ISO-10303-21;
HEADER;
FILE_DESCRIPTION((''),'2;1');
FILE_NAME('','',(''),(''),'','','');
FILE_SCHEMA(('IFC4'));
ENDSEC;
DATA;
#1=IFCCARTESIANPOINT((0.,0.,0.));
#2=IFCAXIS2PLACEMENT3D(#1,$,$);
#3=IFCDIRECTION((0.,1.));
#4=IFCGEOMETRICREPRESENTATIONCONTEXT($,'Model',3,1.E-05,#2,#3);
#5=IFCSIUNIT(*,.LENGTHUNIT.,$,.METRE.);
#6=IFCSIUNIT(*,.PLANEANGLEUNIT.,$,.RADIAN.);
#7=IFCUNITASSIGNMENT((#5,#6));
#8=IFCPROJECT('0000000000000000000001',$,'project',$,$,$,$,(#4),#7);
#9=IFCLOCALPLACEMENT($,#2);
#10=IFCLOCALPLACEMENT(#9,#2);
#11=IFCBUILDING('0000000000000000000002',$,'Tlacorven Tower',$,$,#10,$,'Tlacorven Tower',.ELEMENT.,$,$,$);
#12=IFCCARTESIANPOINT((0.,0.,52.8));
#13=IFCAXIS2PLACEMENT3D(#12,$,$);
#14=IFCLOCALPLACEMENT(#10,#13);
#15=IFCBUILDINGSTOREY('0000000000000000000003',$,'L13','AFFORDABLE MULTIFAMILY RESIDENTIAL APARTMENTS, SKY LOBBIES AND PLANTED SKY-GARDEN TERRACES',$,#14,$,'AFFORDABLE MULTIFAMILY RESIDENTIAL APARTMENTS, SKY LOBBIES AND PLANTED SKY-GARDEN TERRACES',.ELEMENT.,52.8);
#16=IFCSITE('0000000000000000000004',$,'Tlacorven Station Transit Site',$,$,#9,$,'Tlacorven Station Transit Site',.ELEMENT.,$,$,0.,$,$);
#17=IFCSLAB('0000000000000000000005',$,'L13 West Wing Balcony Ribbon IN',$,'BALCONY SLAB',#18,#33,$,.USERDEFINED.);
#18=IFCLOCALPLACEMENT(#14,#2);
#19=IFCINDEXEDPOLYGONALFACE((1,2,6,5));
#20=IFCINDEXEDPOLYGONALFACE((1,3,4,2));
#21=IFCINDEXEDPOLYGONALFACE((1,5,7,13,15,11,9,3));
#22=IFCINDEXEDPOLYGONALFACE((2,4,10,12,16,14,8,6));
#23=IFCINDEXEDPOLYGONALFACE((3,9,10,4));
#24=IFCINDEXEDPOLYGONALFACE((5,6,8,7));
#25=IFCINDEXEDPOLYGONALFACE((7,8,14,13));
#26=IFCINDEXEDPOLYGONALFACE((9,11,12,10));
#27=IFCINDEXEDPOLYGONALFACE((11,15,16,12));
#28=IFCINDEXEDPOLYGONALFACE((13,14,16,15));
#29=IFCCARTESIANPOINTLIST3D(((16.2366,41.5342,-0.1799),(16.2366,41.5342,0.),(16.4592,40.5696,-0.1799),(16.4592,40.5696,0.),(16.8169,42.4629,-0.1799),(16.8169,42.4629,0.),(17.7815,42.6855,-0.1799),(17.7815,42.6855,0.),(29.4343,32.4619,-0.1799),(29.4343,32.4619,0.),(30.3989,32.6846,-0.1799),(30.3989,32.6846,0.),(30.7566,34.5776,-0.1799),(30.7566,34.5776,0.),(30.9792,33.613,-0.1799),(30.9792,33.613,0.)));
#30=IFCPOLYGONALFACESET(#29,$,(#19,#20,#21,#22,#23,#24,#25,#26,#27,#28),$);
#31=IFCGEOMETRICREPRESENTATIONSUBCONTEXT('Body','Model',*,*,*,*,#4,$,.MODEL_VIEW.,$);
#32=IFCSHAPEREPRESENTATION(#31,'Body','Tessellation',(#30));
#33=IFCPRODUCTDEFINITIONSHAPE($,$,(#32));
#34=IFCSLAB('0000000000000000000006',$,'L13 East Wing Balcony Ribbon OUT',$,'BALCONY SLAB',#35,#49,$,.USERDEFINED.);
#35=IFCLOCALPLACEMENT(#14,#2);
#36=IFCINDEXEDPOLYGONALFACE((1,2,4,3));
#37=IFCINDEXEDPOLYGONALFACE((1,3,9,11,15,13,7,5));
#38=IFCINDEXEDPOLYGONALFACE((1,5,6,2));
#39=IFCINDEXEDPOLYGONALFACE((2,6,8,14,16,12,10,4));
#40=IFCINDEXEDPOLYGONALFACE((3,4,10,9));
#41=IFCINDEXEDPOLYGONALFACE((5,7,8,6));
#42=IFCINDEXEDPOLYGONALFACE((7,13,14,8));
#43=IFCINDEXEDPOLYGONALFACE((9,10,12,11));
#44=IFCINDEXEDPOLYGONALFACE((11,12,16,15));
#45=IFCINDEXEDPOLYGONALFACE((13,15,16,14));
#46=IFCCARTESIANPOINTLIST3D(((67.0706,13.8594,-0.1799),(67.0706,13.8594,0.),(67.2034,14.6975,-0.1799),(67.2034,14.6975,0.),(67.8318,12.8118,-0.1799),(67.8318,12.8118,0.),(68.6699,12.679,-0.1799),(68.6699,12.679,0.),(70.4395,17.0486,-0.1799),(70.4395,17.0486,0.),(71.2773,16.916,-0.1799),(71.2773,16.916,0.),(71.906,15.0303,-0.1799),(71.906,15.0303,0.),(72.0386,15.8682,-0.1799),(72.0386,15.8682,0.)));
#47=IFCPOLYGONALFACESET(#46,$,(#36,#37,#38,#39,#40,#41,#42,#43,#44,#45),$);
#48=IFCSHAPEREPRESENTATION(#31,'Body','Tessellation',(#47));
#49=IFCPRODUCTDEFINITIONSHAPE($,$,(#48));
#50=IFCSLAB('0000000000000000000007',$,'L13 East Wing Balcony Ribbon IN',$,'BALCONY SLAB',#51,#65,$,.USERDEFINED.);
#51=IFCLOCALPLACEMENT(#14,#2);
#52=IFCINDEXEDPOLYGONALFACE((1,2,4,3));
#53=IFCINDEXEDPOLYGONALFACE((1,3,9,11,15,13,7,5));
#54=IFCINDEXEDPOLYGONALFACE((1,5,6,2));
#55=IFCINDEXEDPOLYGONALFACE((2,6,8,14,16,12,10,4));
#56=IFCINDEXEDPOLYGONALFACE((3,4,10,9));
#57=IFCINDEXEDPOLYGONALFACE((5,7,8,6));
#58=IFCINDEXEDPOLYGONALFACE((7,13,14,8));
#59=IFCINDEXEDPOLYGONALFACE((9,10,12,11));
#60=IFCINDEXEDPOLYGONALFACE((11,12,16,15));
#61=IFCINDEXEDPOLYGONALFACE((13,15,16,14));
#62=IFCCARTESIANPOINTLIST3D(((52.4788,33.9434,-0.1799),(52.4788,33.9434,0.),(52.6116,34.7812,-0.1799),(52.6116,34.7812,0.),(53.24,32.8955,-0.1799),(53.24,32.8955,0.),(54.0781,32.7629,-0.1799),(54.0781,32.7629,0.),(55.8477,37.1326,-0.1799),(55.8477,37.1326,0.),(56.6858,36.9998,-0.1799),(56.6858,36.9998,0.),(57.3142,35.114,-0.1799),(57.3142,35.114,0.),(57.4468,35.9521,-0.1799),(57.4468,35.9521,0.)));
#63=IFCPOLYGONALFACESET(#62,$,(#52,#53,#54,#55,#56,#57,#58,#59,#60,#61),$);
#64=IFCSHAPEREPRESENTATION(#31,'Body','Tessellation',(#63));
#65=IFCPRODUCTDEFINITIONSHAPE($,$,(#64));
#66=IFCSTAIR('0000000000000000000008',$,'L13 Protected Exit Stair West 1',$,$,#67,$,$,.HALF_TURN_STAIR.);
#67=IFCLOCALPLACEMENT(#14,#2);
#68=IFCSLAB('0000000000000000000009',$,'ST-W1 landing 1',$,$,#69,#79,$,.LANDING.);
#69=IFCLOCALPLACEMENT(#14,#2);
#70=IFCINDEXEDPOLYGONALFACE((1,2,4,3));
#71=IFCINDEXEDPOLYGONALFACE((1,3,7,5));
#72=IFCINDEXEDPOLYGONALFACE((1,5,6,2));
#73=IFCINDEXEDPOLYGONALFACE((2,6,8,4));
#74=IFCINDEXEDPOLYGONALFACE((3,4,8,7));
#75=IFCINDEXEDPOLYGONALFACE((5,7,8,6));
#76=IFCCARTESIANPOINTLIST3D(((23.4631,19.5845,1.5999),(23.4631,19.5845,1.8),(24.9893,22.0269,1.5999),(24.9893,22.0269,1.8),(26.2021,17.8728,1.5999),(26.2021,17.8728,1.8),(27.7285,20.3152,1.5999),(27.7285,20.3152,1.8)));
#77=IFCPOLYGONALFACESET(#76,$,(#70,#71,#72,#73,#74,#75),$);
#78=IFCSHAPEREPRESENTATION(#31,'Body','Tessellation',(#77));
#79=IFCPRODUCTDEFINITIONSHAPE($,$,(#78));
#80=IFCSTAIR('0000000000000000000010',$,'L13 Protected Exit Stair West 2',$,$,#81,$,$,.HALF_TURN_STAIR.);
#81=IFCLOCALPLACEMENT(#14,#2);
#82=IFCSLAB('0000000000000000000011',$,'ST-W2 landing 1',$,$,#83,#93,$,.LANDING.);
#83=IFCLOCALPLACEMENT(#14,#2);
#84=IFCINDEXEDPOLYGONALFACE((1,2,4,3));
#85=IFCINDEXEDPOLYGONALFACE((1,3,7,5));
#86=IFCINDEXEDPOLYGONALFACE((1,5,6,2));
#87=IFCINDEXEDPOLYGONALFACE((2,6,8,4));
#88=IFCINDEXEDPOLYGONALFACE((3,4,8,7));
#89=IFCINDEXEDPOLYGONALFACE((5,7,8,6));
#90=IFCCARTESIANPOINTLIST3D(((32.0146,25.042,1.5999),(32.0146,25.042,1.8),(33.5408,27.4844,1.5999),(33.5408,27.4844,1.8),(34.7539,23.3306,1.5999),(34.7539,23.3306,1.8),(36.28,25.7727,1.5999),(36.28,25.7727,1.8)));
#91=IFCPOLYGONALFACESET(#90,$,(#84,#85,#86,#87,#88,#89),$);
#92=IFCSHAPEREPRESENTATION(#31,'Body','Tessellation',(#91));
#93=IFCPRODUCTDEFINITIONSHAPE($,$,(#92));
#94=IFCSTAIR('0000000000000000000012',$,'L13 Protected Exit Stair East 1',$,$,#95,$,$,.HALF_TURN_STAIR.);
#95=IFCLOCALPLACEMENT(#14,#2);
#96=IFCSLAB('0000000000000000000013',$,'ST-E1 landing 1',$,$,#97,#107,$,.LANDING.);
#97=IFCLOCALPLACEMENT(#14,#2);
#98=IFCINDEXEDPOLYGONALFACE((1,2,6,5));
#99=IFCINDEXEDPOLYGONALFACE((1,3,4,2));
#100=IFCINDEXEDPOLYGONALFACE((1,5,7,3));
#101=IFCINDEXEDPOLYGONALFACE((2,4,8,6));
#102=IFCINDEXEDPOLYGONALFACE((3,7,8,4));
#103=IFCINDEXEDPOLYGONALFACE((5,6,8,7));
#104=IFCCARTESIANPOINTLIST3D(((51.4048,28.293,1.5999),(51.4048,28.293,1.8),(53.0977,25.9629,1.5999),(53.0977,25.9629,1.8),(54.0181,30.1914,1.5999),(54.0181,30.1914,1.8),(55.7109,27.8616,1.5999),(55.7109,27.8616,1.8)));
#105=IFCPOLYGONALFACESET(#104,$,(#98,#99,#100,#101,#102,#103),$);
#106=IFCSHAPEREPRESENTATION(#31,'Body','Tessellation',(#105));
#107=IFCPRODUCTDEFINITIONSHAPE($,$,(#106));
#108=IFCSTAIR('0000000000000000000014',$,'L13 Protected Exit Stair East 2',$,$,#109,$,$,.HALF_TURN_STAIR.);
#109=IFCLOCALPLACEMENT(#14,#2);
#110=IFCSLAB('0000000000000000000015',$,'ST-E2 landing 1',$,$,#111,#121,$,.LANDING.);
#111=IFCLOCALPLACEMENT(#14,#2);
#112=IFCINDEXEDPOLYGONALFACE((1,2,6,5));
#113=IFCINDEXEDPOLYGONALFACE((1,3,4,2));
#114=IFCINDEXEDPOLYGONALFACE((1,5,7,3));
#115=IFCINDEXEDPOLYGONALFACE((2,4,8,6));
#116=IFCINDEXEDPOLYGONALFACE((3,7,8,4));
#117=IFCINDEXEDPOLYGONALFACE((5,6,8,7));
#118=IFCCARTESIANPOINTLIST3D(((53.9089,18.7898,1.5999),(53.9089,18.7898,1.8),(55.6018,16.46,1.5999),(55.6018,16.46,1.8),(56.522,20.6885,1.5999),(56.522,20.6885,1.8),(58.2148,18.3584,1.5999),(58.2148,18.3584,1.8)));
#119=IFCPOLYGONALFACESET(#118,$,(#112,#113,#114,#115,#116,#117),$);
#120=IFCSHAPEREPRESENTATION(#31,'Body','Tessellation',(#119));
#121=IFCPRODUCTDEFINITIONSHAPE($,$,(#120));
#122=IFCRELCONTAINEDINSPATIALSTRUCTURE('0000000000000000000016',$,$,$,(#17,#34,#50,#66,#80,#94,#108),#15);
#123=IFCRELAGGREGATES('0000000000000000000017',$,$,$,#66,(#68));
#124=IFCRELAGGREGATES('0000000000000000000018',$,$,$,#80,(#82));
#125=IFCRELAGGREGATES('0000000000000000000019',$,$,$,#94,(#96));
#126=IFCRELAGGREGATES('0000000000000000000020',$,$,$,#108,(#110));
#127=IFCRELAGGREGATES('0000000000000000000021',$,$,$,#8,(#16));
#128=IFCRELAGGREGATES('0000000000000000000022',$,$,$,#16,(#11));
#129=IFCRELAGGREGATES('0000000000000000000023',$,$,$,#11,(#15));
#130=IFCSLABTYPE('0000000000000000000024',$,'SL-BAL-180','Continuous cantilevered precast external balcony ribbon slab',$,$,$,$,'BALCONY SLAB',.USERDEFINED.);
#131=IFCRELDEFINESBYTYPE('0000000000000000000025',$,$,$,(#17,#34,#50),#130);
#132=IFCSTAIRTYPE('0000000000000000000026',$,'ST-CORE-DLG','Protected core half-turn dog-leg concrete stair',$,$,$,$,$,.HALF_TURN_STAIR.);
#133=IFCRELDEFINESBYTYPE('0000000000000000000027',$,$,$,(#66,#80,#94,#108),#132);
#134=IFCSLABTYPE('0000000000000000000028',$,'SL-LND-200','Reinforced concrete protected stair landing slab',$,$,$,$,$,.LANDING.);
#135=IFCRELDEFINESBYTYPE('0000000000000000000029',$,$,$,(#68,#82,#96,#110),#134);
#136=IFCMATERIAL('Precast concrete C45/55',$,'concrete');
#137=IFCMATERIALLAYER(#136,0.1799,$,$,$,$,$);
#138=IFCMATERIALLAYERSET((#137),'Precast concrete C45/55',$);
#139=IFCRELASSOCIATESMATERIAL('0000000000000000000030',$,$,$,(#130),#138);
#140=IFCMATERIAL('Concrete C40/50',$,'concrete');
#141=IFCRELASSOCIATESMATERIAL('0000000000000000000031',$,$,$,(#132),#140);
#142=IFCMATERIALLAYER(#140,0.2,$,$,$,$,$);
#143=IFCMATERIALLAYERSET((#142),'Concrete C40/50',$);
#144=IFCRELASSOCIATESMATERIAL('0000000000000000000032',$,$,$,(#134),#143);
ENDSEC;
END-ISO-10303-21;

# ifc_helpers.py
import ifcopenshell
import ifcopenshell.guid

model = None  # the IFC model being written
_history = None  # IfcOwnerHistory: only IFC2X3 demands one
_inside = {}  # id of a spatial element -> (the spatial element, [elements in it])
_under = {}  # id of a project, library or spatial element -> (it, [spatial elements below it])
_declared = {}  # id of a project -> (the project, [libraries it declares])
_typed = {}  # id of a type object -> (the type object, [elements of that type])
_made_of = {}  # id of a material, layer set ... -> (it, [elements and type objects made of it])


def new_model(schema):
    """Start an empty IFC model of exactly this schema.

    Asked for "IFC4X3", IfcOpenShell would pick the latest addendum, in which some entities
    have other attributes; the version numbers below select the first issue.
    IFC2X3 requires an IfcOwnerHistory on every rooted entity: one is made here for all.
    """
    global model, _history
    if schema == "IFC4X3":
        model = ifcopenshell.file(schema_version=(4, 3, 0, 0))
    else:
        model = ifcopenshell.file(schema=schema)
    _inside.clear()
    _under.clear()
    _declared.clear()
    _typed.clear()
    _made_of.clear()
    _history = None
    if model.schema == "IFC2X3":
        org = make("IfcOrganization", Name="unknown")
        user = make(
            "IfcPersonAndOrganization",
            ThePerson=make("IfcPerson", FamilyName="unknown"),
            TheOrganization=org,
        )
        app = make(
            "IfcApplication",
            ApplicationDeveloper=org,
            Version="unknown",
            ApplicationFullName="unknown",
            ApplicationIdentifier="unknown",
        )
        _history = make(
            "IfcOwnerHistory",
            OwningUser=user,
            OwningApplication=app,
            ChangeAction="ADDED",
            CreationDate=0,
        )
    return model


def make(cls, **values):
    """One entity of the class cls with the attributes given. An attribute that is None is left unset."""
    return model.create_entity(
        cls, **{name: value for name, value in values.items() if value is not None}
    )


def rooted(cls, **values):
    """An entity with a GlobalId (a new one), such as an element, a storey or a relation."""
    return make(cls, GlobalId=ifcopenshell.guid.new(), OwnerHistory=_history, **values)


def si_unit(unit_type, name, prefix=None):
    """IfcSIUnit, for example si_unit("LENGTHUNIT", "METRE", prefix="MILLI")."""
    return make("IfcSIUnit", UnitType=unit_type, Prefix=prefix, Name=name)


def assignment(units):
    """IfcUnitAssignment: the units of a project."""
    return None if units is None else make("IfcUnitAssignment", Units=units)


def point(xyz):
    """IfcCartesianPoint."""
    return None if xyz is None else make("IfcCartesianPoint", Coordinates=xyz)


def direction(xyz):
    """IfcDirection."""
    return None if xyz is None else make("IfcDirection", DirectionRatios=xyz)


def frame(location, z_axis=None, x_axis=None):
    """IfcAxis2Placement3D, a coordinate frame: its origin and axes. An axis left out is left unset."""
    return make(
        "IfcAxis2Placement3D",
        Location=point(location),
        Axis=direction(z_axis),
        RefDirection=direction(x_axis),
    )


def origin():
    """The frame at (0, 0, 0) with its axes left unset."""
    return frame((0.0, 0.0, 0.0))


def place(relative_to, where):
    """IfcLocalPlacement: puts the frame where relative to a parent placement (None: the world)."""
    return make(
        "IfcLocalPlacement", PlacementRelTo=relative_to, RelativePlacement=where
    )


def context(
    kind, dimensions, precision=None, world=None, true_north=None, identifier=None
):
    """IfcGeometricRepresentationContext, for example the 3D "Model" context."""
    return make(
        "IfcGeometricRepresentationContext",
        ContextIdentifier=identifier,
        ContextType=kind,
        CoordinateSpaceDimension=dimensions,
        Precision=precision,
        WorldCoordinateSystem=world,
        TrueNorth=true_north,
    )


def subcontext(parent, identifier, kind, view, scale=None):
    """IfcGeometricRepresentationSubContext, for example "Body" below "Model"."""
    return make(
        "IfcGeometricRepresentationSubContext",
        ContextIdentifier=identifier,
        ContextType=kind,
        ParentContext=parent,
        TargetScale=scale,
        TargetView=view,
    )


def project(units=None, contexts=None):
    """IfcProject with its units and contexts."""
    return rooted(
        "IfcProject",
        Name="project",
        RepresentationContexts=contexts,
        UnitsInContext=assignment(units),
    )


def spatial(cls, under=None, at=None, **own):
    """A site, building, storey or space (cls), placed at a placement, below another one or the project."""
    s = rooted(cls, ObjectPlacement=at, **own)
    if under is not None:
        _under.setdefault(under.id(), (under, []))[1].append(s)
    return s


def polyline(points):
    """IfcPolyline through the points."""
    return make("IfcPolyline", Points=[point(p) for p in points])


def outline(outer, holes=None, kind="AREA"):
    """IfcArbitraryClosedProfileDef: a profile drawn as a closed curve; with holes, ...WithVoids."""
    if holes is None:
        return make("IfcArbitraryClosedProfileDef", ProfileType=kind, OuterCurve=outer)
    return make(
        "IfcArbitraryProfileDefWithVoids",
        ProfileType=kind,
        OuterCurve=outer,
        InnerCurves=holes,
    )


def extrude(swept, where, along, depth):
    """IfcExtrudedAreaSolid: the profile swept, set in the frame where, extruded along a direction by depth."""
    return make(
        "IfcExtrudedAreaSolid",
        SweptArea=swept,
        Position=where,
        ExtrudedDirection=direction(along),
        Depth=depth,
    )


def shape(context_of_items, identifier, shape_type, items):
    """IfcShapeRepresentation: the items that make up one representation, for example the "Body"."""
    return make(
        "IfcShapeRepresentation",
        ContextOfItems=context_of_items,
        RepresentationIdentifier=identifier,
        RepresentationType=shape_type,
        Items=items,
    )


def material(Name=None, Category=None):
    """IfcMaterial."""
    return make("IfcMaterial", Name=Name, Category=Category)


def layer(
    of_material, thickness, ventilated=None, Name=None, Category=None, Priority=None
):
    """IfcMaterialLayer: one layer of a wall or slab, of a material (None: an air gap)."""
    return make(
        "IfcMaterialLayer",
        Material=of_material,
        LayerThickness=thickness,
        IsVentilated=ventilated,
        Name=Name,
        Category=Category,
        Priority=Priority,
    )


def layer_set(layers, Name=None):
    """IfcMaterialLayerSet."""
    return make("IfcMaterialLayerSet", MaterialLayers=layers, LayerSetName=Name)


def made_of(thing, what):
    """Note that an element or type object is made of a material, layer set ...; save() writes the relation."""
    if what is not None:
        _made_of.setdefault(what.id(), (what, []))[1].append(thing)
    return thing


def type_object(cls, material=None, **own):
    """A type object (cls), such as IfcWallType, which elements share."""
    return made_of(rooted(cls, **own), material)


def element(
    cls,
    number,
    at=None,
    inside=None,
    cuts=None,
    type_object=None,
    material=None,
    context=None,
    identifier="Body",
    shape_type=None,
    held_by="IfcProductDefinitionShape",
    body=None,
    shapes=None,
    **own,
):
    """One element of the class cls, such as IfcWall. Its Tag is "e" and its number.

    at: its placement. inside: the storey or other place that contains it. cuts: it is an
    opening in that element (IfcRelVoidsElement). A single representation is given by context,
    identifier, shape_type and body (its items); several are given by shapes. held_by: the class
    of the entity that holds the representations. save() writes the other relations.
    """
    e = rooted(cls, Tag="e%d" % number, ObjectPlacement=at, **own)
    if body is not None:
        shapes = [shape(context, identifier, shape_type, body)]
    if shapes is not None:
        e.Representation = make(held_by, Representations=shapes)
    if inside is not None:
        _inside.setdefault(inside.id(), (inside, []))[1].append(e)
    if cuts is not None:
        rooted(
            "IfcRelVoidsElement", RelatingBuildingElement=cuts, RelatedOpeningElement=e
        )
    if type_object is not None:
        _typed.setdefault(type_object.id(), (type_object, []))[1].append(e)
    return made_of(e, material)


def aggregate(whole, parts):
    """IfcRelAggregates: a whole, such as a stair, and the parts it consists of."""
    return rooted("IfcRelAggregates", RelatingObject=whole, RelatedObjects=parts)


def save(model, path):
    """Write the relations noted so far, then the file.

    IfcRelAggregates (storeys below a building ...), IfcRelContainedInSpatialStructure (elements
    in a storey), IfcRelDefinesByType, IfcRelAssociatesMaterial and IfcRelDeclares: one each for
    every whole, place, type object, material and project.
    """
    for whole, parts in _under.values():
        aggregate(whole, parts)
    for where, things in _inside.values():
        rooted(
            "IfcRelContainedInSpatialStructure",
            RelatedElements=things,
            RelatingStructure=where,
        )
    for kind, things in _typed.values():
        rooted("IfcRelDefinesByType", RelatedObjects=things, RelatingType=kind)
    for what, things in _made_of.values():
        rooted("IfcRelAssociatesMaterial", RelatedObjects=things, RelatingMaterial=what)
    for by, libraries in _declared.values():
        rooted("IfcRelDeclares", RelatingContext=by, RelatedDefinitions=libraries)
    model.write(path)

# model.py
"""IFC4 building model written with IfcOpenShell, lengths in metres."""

from ifc_helpers import new_model, si_unit, direction, frame, origin, place, context, subcontext, project, spatial, polyline, outline, extrude, material, layer, layer_set, type_object, element, aggregate, save


model = new_model("IFC4")

# Units and contexts
model_context = context("Model", 3, precision=1e-05, world=origin(), true_north=direction((0.0, 1.0)))
body_context = subcontext(model_context, "Body", "Model", "MODEL_VIEW")
ifc_project = project(units=[si_unit("LENGTHUNIT", "METRE"), si_unit("PLANEANGLEUNIT", "RADIAN")], contexts=[model_context])

# Site, building, storey
site_placement = place(None, origin())
site = spatial("IfcSite", under=ifc_project, at=site_placement, Name="Tlacorven Station Transit Site", LongName="Tlacorven Station Transit Site", CompositionType="ELEMENT", RefElevation=0.0)
building_placement = place(site_placement, origin())
building = spatial("IfcBuilding", under=site, at=building_placement, Name="Tlacorven Tower", LongName="Tlacorven Tower", CompositionType="ELEMENT")
storey_placement = place(building_placement, frame((0.0, 0.0, 52.8)))
storey = spatial("IfcBuildingStorey", under=building, at=storey_placement, Name="L13", Description="AFFORDABLE MULTIFAMILY RESIDENTIAL APARTMENTS, SKY LOBBIES AND PLANTED SKY-GARDEN TERRACES", LongName="AFFORDABLE MULTIFAMILY RESIDENTIAL APARTMENTS, SKY LOBBIES AND PLANTED SKY-GARDEN TERRACES", CompositionType="ELEMENT", Elevation=52.8)

# Slabs
ifc_material_1 = material(Name="Precast concrete C45/55", Category="concrete")
ifc_layer_1 = layer(ifc_material_1, 0.1799)
ifc_layer_set_1 = layer_set([ifc_layer_1], Name="Precast concrete C45/55")
slab_type_1 = type_object("IfcSlabType", Name="SL-BAL-180", Description="Continuous cantilevered precast external balcony ribbon slab", ElementType="BALCONY SLAB", PredefinedType="USERDEFINED", material=ifc_layer_set_1)
slab_1_placement = place(storey_placement, frame((0.0, 0.0, -0.1799)))
element("IfcSlab", 1, at=slab_1_placement, inside=storey, type_object=slab_type_1, Name="L13 West Wing Balcony Ribbon IN", ObjectType="BALCONY SLAB", PredefinedType="USERDEFINED", context=body_context, shape_type="SweptSolid", body=[
    extrude(outline(polyline([(30.7566, 34.5776), (17.7815, 42.6855), (16.8169, 42.4629), (16.2366, 41.5342), (16.4592, 40.5696), (29.4343, 32.4619), (30.3989, 32.6846), (30.9792, 33.613), (30.7566, 34.5776)])), origin(), (0.0, 0.0, 1.0), 0.1799),
])
slab_2_placement = place(storey_placement, frame((0.0, 0.0, -0.1799)))
element("IfcSlab", 2, at=slab_2_placement, inside=storey, type_object=slab_type_1, Name="L13 East Wing Balcony Ribbon OUT", ObjectType="BALCONY SLAB", PredefinedType="USERDEFINED", context=body_context, shape_type="SweptSolid", body=[
    extrude(outline(polyline([(68.6699, 12.679), (71.906, 15.0303), (72.0386, 15.8682), (71.2773, 16.916), (70.4395, 17.0486), (67.2034, 14.6975), (67.0706, 13.8594), (67.8318, 12.8118), (68.6699, 12.679)])), origin(), (0.0, 0.0, 1.0), 0.1799),
])
slab_3_placement = place(storey_placement, frame((0.0, 0.0, -0.1799)))
element("IfcSlab", 3, at=slab_3_placement, inside=storey, type_object=slab_type_1, Name="L13 East Wing Balcony Ribbon IN", ObjectType="BALCONY SLAB", PredefinedType="USERDEFINED", context=body_context, shape_type="SweptSolid", body=[
    extrude(outline(polyline([(54.0781, 32.7629), (57.3142, 35.114), (57.4468, 35.9521), (56.6858, 36.9998), (55.8477, 37.1326), (52.6116, 34.7812), (52.4788, 33.9434), (53.24, 32.8955), (54.0781, 32.7629)])), origin(), (0.0, 0.0, 1.0), 0.1799),
])

# Stairs, slabs
ifc_material_2 = material(Name="Concrete C40/50", Category="concrete")
stair_type = type_object("IfcStairType", Name="ST-CORE-DLG", Description="Protected core half-turn dog-leg concrete stair", PredefinedType="HALF_TURN_STAIR", material=ifc_material_2)
stair_1_placement = place(storey_placement, origin())
stair_1 = element("IfcStair", 4, at=stair_1_placement, inside=storey, type_object=stair_type, Name="L13 Protected Exit Stair West 1", PredefinedType="HALF_TURN_STAIR")
ifc_layer_2 = layer(ifc_material_2, 0.2)
ifc_layer_set_2 = layer_set([ifc_layer_2], Name="Concrete C40/50")
slab_type_2 = type_object("IfcSlabType", Name="SL-LND-200", Description="Reinforced concrete protected stair landing slab", PredefinedType="LANDING", material=ifc_layer_set_2)
slab_4_placement = place(storey_placement, frame((0.0, 0.0, 1.5999)))
slab_4 = element("IfcSlab", 5, at=slab_4_placement, type_object=slab_type_2, Name="ST-W1 landing 1", PredefinedType="LANDING", context=body_context, shape_type="SweptSolid", body=[
    extrude(outline(polyline([(27.7285, 20.3152), (24.9893, 22.0269), (23.4631, 19.5845), (26.2021, 17.8728), (27.7285, 20.3152)])), origin(), (0.0, 0.0, 1.0), 0.2002),
])
aggregate(stair_1, [slab_4])
stair_2_placement = place(storey_placement, origin())
stair_2 = element("IfcStair", 6, at=stair_2_placement, inside=storey, type_object=stair_type, Name="L13 Protected Exit Stair West 2", PredefinedType="HALF_TURN_STAIR")
slab_5_placement = place(storey_placement, frame((0.0, 0.0, 1.5999)))
slab_5 = element("IfcSlab", 7, at=slab_5_placement, type_object=slab_type_2, Name="ST-W2 landing 1", PredefinedType="LANDING", context=body_context, shape_type="SweptSolid", body=[
    extrude(outline(polyline([(36.28, 25.7727), (33.5408, 27.4844), (32.0146, 25.042), (34.7539, 23.3306), (36.28, 25.7727)])), origin(), (0.0, 0.0, 1.0), 0.2002),
])
aggregate(stair_2, [slab_5])
stair_3_placement = place(storey_placement, origin())
stair_3 = element("IfcStair", 8, at=stair_3_placement, inside=storey, type_object=stair_type, Name="L13 Protected Exit Stair East 1", PredefinedType="HALF_TURN_STAIR")
slab_6_placement = place(storey_placement, frame((0.0, 0.0, 1.5999)))
slab_6 = element("IfcSlab", 9, at=slab_6_placement, type_object=slab_type_2, Name="ST-E1 landing 1", PredefinedType="LANDING", context=body_context, shape_type="SweptSolid", body=[
    extrude(outline(polyline([(53.0977, 25.9629), (55.7109, 27.8616), (54.0181, 30.1914), (51.4048, 28.293), (53.0977, 25.9629)])), origin(), (0.0, 0.0, 1.0), 0.2002),
])
aggregate(stair_3, [slab_6])
stair_4_placement = place(storey_placement, origin())
stair_4 = element("IfcStair", 10, at=stair_4_placement, inside=storey, type_object=stair_type, Name="L13 Protected Exit Stair East 2", PredefinedType="HALF_TURN_STAIR")
slab_7_placement = place(storey_placement, frame((0.0, 0.0, 1.5999)))
slab_7 = element("IfcSlab", 11, at=slab_7_placement, type_object=slab_type_2, Name="ST-E2 landing 1", PredefinedType="LANDING", context=body_context, shape_type="SweptSolid", body=[
    extrude(outline(polyline([(55.6018, 16.46), (58.2148, 18.3584), (56.522, 20.6885), (53.9089, 18.7898), (55.6018, 16.46)])), origin(), (0.0, 0.0, 1.0), 0.2002),
])
aggregate(stair_4, [slab_7])

save(model, "model.ifc")
